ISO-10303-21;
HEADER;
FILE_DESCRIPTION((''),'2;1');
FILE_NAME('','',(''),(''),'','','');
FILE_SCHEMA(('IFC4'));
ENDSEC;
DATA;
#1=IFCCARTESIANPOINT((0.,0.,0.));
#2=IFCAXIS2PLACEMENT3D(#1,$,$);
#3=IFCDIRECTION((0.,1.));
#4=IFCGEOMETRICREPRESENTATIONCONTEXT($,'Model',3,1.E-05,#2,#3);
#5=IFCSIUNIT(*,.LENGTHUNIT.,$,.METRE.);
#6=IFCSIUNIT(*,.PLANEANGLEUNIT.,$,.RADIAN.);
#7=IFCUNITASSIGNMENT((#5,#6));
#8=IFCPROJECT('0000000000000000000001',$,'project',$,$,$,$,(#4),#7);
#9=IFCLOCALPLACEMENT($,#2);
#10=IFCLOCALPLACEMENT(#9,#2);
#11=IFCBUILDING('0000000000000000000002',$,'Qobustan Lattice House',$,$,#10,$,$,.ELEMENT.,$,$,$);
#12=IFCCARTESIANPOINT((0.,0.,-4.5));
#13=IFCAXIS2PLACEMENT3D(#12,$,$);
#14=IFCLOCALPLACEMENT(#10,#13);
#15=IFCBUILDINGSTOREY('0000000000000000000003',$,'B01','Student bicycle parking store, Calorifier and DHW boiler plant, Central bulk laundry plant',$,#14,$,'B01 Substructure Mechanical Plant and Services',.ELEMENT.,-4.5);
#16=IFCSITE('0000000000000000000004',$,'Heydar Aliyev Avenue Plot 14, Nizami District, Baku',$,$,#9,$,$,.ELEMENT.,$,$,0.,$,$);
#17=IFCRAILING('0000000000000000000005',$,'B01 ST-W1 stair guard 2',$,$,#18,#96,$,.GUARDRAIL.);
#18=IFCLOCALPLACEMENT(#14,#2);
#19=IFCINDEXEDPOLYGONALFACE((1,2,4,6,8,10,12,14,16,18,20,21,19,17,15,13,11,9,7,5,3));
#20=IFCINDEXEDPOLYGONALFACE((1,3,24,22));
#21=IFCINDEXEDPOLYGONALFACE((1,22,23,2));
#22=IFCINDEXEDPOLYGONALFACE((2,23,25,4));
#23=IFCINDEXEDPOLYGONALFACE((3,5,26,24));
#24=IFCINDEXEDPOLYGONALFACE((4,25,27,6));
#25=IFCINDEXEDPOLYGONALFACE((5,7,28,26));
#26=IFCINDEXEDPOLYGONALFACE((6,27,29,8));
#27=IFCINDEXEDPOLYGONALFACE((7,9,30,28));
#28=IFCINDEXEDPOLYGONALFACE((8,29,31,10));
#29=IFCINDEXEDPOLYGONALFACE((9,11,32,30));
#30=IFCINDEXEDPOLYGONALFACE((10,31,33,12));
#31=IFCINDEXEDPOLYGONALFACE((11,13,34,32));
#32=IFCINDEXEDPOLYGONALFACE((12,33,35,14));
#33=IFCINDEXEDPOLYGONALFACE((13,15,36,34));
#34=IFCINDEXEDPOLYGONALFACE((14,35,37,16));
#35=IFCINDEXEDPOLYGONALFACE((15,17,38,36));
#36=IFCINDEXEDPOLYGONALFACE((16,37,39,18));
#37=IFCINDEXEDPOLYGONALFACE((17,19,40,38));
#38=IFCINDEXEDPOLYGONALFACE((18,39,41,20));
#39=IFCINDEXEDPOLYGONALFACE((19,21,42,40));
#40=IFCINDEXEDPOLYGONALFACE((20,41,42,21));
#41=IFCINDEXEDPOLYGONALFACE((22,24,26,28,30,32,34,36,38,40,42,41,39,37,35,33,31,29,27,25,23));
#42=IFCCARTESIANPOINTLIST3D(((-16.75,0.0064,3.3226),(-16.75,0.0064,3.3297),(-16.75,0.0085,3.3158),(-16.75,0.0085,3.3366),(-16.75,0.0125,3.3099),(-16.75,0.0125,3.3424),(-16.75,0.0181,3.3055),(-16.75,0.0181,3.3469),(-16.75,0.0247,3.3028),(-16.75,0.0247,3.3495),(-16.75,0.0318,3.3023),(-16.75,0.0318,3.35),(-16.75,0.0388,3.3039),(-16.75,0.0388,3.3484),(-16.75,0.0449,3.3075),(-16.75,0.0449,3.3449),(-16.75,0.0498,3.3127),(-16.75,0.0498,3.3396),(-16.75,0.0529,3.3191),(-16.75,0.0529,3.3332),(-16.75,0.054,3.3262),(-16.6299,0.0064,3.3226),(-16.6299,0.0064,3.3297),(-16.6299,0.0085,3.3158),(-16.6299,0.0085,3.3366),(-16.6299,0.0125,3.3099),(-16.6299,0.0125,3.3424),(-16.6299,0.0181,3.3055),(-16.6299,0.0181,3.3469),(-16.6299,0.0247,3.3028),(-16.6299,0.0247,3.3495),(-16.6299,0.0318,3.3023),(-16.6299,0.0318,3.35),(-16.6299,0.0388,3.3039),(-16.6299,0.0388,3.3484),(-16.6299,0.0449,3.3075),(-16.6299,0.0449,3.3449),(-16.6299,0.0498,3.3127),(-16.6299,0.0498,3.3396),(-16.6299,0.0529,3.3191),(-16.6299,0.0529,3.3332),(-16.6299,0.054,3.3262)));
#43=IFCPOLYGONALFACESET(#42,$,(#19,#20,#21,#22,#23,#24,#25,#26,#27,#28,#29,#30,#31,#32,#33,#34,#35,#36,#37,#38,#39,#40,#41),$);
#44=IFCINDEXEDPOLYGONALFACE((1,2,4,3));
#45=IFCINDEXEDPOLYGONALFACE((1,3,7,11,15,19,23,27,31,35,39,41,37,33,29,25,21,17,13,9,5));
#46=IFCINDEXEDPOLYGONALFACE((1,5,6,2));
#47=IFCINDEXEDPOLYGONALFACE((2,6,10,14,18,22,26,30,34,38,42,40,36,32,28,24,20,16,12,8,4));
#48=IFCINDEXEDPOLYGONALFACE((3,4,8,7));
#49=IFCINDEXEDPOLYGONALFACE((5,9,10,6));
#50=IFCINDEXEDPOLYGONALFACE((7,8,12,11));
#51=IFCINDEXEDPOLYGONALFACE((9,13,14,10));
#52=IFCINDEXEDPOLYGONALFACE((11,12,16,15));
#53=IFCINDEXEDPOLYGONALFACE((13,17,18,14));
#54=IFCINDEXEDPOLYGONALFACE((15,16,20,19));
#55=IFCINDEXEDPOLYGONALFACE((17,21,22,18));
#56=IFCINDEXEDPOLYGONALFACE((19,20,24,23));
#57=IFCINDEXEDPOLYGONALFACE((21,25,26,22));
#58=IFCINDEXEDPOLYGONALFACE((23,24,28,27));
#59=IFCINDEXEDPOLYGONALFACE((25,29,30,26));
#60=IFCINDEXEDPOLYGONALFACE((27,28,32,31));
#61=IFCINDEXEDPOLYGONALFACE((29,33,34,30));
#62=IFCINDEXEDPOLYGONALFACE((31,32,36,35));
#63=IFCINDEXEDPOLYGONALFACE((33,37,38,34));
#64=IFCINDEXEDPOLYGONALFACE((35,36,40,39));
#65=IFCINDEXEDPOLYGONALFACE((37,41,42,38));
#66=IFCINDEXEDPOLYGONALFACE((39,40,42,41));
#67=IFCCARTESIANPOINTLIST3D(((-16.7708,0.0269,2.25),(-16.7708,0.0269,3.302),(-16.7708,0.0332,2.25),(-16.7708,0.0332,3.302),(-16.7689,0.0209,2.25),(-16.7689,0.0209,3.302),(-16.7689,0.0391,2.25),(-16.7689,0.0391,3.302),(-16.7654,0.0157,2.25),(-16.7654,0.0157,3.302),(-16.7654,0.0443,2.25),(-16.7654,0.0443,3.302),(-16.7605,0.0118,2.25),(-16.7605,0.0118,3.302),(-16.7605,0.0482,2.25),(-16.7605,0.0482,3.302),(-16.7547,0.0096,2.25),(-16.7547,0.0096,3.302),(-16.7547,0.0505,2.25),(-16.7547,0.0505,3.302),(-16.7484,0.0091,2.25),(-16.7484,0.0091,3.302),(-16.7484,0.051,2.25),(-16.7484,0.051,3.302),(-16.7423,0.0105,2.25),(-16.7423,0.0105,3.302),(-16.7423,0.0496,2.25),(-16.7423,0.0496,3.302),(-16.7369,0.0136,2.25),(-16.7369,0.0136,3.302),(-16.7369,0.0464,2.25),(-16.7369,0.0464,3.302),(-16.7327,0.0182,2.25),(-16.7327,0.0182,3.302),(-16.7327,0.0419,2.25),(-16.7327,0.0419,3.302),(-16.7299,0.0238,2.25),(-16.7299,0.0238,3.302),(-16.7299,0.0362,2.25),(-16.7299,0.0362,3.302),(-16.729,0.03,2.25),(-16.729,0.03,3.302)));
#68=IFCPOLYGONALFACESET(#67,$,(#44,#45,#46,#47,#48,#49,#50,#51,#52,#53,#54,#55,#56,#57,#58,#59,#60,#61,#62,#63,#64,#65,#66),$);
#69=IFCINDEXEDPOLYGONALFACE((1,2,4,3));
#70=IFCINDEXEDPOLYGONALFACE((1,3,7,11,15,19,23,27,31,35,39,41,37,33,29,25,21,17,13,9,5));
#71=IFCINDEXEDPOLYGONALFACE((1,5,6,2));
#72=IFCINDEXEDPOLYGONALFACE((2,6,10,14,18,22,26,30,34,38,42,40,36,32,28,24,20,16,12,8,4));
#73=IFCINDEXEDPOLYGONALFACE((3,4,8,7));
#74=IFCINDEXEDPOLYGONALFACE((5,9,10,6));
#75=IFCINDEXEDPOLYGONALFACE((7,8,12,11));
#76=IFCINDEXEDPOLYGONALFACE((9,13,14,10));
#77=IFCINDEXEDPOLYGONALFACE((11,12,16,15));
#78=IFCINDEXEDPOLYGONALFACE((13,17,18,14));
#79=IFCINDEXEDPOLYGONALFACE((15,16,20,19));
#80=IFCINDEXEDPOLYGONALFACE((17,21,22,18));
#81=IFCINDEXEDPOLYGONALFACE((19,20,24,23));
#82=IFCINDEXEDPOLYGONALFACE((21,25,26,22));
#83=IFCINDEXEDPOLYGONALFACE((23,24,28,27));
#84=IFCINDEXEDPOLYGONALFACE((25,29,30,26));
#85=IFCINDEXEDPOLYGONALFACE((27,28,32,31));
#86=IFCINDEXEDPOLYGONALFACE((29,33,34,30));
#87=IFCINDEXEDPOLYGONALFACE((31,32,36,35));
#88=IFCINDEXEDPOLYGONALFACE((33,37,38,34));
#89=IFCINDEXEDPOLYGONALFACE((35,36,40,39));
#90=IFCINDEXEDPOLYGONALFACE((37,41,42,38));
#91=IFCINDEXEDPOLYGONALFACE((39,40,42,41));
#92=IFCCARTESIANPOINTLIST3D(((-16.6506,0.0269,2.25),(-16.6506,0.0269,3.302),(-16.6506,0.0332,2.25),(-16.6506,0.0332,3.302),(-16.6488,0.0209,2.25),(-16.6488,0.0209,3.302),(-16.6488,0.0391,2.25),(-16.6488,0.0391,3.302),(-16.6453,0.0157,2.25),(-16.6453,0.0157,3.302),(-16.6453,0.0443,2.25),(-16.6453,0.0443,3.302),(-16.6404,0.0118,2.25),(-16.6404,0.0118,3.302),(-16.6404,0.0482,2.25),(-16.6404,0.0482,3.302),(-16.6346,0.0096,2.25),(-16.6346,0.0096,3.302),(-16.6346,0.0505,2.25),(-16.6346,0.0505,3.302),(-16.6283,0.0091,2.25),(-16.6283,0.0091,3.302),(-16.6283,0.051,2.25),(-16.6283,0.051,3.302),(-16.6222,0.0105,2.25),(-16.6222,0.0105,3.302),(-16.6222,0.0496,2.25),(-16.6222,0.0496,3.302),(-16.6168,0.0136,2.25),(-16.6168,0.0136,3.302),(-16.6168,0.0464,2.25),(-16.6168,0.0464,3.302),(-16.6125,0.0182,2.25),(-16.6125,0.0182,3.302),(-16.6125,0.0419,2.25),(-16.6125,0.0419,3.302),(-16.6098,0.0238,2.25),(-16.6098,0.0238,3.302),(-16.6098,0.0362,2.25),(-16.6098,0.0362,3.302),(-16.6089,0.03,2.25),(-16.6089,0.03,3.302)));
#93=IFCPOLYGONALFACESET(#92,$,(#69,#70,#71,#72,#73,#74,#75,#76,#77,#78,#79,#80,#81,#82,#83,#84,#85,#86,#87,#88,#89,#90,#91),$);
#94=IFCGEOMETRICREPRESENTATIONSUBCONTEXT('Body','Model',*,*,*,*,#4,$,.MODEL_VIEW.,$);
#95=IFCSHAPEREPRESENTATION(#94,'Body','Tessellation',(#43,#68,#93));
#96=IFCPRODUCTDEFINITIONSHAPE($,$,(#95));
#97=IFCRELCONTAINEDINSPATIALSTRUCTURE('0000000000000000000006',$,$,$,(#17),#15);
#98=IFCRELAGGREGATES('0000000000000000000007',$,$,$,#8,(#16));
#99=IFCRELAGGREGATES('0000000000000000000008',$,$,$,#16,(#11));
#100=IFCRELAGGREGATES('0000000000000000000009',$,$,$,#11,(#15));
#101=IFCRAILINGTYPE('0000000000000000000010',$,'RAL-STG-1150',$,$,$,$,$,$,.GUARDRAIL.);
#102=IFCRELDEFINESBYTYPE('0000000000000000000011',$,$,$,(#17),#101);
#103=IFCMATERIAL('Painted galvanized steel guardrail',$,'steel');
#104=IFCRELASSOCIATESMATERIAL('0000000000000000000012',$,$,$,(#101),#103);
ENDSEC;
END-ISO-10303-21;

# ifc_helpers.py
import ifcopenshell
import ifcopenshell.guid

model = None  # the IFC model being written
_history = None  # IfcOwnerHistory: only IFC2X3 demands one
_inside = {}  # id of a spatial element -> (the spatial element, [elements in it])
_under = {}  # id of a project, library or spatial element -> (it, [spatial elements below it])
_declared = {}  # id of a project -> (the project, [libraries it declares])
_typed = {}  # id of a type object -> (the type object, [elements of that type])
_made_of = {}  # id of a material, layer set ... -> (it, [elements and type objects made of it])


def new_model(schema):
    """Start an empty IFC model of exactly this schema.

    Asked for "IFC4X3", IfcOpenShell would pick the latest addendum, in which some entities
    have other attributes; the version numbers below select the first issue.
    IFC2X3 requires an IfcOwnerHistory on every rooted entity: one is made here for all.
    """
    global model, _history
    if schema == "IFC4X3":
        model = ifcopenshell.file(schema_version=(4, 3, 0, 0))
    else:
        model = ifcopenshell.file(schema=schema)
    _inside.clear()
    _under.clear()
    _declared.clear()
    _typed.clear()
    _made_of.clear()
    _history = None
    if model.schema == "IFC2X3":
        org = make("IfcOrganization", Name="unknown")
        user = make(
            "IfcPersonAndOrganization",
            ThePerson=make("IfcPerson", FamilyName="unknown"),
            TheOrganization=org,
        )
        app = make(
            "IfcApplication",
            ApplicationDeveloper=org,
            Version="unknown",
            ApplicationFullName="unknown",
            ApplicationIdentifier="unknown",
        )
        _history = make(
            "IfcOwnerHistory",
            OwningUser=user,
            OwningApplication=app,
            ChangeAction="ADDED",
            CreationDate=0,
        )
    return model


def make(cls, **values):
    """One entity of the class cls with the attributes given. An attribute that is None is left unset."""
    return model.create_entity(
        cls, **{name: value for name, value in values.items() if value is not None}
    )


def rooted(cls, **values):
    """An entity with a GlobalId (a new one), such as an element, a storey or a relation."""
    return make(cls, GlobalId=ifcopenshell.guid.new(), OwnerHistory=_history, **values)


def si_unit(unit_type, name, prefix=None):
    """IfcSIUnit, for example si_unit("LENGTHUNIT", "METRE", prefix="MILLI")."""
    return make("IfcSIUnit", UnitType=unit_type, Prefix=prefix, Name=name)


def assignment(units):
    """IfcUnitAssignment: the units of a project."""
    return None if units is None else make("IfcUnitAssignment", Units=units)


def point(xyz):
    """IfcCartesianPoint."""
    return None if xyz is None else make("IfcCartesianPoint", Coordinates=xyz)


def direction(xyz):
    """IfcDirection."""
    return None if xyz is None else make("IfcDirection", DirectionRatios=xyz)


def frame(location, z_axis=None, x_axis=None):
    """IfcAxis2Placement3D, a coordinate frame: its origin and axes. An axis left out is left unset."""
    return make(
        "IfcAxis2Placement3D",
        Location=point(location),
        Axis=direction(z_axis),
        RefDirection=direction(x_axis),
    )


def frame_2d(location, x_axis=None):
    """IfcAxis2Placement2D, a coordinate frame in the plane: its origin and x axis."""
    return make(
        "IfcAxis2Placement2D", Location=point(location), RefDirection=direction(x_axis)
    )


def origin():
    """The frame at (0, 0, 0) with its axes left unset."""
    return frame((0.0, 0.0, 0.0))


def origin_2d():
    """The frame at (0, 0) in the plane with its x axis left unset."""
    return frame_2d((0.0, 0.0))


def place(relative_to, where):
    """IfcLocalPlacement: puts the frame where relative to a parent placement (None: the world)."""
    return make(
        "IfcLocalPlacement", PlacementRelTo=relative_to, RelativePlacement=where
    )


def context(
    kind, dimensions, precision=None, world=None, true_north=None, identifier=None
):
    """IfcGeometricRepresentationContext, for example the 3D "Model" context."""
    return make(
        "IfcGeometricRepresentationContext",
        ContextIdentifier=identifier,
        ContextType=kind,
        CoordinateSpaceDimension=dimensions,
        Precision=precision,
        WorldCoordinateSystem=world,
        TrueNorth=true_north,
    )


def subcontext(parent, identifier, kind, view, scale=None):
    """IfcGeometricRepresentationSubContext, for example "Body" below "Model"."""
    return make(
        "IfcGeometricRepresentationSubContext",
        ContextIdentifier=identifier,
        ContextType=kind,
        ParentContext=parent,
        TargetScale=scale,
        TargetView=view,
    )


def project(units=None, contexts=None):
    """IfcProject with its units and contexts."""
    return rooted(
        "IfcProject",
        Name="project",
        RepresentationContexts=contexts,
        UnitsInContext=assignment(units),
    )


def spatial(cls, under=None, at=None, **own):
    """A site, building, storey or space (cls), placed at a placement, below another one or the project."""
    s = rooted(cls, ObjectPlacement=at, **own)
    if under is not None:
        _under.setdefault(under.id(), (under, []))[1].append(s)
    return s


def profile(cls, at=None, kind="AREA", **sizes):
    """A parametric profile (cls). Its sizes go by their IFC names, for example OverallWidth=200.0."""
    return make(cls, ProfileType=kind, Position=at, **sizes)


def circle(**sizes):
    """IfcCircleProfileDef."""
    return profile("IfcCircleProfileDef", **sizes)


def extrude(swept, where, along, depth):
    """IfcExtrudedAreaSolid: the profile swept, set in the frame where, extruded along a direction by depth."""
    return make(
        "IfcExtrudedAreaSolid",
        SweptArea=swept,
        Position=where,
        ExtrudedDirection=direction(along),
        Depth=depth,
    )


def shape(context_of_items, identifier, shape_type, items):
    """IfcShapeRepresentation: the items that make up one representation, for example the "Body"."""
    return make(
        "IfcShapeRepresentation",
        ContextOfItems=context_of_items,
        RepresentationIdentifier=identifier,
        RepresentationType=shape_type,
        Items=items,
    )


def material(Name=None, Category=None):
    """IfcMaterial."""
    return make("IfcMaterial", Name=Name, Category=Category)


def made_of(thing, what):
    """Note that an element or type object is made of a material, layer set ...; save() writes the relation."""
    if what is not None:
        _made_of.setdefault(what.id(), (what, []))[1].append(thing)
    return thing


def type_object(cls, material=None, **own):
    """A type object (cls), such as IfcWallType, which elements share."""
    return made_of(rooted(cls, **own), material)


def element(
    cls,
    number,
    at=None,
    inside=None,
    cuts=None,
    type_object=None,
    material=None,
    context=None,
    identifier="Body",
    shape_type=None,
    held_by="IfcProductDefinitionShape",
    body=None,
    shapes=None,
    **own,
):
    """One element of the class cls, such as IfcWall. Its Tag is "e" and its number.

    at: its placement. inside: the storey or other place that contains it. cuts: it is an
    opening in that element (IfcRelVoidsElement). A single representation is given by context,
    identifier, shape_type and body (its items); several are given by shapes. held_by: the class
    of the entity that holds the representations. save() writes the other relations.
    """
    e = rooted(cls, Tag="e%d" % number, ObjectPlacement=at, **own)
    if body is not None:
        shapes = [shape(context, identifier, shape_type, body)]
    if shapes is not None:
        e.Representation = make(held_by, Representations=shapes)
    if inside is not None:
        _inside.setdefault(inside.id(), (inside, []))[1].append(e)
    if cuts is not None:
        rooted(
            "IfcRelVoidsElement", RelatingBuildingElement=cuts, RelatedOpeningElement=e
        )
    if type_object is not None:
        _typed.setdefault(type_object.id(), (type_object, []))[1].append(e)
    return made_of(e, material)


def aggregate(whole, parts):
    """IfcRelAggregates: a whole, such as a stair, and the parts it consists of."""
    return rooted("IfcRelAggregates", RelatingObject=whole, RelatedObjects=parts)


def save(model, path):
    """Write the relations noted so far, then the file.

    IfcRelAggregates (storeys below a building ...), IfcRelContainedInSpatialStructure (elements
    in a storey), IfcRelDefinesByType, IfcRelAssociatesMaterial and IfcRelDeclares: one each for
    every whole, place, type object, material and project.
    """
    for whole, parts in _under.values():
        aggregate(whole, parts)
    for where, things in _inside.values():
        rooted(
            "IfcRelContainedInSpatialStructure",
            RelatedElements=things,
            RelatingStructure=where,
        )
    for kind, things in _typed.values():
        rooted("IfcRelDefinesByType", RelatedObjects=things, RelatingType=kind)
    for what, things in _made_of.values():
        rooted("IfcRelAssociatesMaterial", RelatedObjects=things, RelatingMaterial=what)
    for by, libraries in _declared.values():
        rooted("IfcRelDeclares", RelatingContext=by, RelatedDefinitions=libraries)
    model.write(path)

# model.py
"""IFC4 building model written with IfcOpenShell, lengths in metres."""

from ifc_helpers import new_model, si_unit, direction, frame, origin, origin_2d, place, context, subcontext, project, spatial, circle, extrude, material, type_object, element, save


model = new_model("IFC4")

# Units and contexts
model_context = context("Model", 3, precision=1e-05, world=origin(), true_north=direction((0.0, 1.0)))
body_context = subcontext(model_context, "Body", "Model", "MODEL_VIEW")
ifc_project = project(units=[si_unit("LENGTHUNIT", "METRE"), si_unit("PLANEANGLEUNIT", "RADIAN")], contexts=[model_context])

# Site, building, storey
site_placement = place(None, origin())
site = spatial("IfcSite", under=ifc_project, at=site_placement, Name="Heydar Aliyev Avenue Plot 14, Nizami District, Baku", CompositionType="ELEMENT", RefElevation=0.0)
building_placement = place(site_placement, origin())
building = spatial("IfcBuilding", under=site, at=building_placement, Name="Qobustan Lattice House", CompositionType="ELEMENT")
storey_placement = place(building_placement, frame((0.0, 0.0, -4.5)))
storey = spatial("IfcBuildingStorey", under=building, at=storey_placement, Name="B01", Description="Student bicycle parking store, Calorifier and DHW boiler plant, Central bulk laundry plant", LongName="B01 Substructure Mechanical Plant and Services", CompositionType="ELEMENT", Elevation=-4.5)

# Railing
ifc_material_1 = material(Name="Painted galvanized steel guardrail", Category="steel")
railing_type_1 = type_object("IfcRailingType", Name="RAL-STG-1150", PredefinedType="GUARDRAIL", material=ifc_material_1)
railing_1_placement = place(storey_placement, frame((-16.75, 0.03, 2.25)))
element("IfcRailing", 1, at=railing_1_placement, inside=storey, type_object=railing_type_1, Name="B01 ST-W1 stair guard 2", PredefinedType="GUARDRAIL", context=body_context, shape_type="SweptSolid", body=[
    extrude(circle(Radius=0.0239, at=origin_2d()), frame((0.0, 0.0, 1.0762), z_axis=(1.0, 0.0, 0.0), x_axis=(0.0, 1.0, 0.0)), (0.0, 0.0, 1.0), 0.1201),
    extrude(circle(Radius=0.021, at=origin_2d()), origin(), (0.0, 0.0, 1.0), 1.052),
    extrude(circle(Radius=0.021, at=origin_2d()), frame((0.1201, 0.0, 0.0)), (0.0, 0.0, 1.0), 1.052),
])

save(model, "model.ifc")
